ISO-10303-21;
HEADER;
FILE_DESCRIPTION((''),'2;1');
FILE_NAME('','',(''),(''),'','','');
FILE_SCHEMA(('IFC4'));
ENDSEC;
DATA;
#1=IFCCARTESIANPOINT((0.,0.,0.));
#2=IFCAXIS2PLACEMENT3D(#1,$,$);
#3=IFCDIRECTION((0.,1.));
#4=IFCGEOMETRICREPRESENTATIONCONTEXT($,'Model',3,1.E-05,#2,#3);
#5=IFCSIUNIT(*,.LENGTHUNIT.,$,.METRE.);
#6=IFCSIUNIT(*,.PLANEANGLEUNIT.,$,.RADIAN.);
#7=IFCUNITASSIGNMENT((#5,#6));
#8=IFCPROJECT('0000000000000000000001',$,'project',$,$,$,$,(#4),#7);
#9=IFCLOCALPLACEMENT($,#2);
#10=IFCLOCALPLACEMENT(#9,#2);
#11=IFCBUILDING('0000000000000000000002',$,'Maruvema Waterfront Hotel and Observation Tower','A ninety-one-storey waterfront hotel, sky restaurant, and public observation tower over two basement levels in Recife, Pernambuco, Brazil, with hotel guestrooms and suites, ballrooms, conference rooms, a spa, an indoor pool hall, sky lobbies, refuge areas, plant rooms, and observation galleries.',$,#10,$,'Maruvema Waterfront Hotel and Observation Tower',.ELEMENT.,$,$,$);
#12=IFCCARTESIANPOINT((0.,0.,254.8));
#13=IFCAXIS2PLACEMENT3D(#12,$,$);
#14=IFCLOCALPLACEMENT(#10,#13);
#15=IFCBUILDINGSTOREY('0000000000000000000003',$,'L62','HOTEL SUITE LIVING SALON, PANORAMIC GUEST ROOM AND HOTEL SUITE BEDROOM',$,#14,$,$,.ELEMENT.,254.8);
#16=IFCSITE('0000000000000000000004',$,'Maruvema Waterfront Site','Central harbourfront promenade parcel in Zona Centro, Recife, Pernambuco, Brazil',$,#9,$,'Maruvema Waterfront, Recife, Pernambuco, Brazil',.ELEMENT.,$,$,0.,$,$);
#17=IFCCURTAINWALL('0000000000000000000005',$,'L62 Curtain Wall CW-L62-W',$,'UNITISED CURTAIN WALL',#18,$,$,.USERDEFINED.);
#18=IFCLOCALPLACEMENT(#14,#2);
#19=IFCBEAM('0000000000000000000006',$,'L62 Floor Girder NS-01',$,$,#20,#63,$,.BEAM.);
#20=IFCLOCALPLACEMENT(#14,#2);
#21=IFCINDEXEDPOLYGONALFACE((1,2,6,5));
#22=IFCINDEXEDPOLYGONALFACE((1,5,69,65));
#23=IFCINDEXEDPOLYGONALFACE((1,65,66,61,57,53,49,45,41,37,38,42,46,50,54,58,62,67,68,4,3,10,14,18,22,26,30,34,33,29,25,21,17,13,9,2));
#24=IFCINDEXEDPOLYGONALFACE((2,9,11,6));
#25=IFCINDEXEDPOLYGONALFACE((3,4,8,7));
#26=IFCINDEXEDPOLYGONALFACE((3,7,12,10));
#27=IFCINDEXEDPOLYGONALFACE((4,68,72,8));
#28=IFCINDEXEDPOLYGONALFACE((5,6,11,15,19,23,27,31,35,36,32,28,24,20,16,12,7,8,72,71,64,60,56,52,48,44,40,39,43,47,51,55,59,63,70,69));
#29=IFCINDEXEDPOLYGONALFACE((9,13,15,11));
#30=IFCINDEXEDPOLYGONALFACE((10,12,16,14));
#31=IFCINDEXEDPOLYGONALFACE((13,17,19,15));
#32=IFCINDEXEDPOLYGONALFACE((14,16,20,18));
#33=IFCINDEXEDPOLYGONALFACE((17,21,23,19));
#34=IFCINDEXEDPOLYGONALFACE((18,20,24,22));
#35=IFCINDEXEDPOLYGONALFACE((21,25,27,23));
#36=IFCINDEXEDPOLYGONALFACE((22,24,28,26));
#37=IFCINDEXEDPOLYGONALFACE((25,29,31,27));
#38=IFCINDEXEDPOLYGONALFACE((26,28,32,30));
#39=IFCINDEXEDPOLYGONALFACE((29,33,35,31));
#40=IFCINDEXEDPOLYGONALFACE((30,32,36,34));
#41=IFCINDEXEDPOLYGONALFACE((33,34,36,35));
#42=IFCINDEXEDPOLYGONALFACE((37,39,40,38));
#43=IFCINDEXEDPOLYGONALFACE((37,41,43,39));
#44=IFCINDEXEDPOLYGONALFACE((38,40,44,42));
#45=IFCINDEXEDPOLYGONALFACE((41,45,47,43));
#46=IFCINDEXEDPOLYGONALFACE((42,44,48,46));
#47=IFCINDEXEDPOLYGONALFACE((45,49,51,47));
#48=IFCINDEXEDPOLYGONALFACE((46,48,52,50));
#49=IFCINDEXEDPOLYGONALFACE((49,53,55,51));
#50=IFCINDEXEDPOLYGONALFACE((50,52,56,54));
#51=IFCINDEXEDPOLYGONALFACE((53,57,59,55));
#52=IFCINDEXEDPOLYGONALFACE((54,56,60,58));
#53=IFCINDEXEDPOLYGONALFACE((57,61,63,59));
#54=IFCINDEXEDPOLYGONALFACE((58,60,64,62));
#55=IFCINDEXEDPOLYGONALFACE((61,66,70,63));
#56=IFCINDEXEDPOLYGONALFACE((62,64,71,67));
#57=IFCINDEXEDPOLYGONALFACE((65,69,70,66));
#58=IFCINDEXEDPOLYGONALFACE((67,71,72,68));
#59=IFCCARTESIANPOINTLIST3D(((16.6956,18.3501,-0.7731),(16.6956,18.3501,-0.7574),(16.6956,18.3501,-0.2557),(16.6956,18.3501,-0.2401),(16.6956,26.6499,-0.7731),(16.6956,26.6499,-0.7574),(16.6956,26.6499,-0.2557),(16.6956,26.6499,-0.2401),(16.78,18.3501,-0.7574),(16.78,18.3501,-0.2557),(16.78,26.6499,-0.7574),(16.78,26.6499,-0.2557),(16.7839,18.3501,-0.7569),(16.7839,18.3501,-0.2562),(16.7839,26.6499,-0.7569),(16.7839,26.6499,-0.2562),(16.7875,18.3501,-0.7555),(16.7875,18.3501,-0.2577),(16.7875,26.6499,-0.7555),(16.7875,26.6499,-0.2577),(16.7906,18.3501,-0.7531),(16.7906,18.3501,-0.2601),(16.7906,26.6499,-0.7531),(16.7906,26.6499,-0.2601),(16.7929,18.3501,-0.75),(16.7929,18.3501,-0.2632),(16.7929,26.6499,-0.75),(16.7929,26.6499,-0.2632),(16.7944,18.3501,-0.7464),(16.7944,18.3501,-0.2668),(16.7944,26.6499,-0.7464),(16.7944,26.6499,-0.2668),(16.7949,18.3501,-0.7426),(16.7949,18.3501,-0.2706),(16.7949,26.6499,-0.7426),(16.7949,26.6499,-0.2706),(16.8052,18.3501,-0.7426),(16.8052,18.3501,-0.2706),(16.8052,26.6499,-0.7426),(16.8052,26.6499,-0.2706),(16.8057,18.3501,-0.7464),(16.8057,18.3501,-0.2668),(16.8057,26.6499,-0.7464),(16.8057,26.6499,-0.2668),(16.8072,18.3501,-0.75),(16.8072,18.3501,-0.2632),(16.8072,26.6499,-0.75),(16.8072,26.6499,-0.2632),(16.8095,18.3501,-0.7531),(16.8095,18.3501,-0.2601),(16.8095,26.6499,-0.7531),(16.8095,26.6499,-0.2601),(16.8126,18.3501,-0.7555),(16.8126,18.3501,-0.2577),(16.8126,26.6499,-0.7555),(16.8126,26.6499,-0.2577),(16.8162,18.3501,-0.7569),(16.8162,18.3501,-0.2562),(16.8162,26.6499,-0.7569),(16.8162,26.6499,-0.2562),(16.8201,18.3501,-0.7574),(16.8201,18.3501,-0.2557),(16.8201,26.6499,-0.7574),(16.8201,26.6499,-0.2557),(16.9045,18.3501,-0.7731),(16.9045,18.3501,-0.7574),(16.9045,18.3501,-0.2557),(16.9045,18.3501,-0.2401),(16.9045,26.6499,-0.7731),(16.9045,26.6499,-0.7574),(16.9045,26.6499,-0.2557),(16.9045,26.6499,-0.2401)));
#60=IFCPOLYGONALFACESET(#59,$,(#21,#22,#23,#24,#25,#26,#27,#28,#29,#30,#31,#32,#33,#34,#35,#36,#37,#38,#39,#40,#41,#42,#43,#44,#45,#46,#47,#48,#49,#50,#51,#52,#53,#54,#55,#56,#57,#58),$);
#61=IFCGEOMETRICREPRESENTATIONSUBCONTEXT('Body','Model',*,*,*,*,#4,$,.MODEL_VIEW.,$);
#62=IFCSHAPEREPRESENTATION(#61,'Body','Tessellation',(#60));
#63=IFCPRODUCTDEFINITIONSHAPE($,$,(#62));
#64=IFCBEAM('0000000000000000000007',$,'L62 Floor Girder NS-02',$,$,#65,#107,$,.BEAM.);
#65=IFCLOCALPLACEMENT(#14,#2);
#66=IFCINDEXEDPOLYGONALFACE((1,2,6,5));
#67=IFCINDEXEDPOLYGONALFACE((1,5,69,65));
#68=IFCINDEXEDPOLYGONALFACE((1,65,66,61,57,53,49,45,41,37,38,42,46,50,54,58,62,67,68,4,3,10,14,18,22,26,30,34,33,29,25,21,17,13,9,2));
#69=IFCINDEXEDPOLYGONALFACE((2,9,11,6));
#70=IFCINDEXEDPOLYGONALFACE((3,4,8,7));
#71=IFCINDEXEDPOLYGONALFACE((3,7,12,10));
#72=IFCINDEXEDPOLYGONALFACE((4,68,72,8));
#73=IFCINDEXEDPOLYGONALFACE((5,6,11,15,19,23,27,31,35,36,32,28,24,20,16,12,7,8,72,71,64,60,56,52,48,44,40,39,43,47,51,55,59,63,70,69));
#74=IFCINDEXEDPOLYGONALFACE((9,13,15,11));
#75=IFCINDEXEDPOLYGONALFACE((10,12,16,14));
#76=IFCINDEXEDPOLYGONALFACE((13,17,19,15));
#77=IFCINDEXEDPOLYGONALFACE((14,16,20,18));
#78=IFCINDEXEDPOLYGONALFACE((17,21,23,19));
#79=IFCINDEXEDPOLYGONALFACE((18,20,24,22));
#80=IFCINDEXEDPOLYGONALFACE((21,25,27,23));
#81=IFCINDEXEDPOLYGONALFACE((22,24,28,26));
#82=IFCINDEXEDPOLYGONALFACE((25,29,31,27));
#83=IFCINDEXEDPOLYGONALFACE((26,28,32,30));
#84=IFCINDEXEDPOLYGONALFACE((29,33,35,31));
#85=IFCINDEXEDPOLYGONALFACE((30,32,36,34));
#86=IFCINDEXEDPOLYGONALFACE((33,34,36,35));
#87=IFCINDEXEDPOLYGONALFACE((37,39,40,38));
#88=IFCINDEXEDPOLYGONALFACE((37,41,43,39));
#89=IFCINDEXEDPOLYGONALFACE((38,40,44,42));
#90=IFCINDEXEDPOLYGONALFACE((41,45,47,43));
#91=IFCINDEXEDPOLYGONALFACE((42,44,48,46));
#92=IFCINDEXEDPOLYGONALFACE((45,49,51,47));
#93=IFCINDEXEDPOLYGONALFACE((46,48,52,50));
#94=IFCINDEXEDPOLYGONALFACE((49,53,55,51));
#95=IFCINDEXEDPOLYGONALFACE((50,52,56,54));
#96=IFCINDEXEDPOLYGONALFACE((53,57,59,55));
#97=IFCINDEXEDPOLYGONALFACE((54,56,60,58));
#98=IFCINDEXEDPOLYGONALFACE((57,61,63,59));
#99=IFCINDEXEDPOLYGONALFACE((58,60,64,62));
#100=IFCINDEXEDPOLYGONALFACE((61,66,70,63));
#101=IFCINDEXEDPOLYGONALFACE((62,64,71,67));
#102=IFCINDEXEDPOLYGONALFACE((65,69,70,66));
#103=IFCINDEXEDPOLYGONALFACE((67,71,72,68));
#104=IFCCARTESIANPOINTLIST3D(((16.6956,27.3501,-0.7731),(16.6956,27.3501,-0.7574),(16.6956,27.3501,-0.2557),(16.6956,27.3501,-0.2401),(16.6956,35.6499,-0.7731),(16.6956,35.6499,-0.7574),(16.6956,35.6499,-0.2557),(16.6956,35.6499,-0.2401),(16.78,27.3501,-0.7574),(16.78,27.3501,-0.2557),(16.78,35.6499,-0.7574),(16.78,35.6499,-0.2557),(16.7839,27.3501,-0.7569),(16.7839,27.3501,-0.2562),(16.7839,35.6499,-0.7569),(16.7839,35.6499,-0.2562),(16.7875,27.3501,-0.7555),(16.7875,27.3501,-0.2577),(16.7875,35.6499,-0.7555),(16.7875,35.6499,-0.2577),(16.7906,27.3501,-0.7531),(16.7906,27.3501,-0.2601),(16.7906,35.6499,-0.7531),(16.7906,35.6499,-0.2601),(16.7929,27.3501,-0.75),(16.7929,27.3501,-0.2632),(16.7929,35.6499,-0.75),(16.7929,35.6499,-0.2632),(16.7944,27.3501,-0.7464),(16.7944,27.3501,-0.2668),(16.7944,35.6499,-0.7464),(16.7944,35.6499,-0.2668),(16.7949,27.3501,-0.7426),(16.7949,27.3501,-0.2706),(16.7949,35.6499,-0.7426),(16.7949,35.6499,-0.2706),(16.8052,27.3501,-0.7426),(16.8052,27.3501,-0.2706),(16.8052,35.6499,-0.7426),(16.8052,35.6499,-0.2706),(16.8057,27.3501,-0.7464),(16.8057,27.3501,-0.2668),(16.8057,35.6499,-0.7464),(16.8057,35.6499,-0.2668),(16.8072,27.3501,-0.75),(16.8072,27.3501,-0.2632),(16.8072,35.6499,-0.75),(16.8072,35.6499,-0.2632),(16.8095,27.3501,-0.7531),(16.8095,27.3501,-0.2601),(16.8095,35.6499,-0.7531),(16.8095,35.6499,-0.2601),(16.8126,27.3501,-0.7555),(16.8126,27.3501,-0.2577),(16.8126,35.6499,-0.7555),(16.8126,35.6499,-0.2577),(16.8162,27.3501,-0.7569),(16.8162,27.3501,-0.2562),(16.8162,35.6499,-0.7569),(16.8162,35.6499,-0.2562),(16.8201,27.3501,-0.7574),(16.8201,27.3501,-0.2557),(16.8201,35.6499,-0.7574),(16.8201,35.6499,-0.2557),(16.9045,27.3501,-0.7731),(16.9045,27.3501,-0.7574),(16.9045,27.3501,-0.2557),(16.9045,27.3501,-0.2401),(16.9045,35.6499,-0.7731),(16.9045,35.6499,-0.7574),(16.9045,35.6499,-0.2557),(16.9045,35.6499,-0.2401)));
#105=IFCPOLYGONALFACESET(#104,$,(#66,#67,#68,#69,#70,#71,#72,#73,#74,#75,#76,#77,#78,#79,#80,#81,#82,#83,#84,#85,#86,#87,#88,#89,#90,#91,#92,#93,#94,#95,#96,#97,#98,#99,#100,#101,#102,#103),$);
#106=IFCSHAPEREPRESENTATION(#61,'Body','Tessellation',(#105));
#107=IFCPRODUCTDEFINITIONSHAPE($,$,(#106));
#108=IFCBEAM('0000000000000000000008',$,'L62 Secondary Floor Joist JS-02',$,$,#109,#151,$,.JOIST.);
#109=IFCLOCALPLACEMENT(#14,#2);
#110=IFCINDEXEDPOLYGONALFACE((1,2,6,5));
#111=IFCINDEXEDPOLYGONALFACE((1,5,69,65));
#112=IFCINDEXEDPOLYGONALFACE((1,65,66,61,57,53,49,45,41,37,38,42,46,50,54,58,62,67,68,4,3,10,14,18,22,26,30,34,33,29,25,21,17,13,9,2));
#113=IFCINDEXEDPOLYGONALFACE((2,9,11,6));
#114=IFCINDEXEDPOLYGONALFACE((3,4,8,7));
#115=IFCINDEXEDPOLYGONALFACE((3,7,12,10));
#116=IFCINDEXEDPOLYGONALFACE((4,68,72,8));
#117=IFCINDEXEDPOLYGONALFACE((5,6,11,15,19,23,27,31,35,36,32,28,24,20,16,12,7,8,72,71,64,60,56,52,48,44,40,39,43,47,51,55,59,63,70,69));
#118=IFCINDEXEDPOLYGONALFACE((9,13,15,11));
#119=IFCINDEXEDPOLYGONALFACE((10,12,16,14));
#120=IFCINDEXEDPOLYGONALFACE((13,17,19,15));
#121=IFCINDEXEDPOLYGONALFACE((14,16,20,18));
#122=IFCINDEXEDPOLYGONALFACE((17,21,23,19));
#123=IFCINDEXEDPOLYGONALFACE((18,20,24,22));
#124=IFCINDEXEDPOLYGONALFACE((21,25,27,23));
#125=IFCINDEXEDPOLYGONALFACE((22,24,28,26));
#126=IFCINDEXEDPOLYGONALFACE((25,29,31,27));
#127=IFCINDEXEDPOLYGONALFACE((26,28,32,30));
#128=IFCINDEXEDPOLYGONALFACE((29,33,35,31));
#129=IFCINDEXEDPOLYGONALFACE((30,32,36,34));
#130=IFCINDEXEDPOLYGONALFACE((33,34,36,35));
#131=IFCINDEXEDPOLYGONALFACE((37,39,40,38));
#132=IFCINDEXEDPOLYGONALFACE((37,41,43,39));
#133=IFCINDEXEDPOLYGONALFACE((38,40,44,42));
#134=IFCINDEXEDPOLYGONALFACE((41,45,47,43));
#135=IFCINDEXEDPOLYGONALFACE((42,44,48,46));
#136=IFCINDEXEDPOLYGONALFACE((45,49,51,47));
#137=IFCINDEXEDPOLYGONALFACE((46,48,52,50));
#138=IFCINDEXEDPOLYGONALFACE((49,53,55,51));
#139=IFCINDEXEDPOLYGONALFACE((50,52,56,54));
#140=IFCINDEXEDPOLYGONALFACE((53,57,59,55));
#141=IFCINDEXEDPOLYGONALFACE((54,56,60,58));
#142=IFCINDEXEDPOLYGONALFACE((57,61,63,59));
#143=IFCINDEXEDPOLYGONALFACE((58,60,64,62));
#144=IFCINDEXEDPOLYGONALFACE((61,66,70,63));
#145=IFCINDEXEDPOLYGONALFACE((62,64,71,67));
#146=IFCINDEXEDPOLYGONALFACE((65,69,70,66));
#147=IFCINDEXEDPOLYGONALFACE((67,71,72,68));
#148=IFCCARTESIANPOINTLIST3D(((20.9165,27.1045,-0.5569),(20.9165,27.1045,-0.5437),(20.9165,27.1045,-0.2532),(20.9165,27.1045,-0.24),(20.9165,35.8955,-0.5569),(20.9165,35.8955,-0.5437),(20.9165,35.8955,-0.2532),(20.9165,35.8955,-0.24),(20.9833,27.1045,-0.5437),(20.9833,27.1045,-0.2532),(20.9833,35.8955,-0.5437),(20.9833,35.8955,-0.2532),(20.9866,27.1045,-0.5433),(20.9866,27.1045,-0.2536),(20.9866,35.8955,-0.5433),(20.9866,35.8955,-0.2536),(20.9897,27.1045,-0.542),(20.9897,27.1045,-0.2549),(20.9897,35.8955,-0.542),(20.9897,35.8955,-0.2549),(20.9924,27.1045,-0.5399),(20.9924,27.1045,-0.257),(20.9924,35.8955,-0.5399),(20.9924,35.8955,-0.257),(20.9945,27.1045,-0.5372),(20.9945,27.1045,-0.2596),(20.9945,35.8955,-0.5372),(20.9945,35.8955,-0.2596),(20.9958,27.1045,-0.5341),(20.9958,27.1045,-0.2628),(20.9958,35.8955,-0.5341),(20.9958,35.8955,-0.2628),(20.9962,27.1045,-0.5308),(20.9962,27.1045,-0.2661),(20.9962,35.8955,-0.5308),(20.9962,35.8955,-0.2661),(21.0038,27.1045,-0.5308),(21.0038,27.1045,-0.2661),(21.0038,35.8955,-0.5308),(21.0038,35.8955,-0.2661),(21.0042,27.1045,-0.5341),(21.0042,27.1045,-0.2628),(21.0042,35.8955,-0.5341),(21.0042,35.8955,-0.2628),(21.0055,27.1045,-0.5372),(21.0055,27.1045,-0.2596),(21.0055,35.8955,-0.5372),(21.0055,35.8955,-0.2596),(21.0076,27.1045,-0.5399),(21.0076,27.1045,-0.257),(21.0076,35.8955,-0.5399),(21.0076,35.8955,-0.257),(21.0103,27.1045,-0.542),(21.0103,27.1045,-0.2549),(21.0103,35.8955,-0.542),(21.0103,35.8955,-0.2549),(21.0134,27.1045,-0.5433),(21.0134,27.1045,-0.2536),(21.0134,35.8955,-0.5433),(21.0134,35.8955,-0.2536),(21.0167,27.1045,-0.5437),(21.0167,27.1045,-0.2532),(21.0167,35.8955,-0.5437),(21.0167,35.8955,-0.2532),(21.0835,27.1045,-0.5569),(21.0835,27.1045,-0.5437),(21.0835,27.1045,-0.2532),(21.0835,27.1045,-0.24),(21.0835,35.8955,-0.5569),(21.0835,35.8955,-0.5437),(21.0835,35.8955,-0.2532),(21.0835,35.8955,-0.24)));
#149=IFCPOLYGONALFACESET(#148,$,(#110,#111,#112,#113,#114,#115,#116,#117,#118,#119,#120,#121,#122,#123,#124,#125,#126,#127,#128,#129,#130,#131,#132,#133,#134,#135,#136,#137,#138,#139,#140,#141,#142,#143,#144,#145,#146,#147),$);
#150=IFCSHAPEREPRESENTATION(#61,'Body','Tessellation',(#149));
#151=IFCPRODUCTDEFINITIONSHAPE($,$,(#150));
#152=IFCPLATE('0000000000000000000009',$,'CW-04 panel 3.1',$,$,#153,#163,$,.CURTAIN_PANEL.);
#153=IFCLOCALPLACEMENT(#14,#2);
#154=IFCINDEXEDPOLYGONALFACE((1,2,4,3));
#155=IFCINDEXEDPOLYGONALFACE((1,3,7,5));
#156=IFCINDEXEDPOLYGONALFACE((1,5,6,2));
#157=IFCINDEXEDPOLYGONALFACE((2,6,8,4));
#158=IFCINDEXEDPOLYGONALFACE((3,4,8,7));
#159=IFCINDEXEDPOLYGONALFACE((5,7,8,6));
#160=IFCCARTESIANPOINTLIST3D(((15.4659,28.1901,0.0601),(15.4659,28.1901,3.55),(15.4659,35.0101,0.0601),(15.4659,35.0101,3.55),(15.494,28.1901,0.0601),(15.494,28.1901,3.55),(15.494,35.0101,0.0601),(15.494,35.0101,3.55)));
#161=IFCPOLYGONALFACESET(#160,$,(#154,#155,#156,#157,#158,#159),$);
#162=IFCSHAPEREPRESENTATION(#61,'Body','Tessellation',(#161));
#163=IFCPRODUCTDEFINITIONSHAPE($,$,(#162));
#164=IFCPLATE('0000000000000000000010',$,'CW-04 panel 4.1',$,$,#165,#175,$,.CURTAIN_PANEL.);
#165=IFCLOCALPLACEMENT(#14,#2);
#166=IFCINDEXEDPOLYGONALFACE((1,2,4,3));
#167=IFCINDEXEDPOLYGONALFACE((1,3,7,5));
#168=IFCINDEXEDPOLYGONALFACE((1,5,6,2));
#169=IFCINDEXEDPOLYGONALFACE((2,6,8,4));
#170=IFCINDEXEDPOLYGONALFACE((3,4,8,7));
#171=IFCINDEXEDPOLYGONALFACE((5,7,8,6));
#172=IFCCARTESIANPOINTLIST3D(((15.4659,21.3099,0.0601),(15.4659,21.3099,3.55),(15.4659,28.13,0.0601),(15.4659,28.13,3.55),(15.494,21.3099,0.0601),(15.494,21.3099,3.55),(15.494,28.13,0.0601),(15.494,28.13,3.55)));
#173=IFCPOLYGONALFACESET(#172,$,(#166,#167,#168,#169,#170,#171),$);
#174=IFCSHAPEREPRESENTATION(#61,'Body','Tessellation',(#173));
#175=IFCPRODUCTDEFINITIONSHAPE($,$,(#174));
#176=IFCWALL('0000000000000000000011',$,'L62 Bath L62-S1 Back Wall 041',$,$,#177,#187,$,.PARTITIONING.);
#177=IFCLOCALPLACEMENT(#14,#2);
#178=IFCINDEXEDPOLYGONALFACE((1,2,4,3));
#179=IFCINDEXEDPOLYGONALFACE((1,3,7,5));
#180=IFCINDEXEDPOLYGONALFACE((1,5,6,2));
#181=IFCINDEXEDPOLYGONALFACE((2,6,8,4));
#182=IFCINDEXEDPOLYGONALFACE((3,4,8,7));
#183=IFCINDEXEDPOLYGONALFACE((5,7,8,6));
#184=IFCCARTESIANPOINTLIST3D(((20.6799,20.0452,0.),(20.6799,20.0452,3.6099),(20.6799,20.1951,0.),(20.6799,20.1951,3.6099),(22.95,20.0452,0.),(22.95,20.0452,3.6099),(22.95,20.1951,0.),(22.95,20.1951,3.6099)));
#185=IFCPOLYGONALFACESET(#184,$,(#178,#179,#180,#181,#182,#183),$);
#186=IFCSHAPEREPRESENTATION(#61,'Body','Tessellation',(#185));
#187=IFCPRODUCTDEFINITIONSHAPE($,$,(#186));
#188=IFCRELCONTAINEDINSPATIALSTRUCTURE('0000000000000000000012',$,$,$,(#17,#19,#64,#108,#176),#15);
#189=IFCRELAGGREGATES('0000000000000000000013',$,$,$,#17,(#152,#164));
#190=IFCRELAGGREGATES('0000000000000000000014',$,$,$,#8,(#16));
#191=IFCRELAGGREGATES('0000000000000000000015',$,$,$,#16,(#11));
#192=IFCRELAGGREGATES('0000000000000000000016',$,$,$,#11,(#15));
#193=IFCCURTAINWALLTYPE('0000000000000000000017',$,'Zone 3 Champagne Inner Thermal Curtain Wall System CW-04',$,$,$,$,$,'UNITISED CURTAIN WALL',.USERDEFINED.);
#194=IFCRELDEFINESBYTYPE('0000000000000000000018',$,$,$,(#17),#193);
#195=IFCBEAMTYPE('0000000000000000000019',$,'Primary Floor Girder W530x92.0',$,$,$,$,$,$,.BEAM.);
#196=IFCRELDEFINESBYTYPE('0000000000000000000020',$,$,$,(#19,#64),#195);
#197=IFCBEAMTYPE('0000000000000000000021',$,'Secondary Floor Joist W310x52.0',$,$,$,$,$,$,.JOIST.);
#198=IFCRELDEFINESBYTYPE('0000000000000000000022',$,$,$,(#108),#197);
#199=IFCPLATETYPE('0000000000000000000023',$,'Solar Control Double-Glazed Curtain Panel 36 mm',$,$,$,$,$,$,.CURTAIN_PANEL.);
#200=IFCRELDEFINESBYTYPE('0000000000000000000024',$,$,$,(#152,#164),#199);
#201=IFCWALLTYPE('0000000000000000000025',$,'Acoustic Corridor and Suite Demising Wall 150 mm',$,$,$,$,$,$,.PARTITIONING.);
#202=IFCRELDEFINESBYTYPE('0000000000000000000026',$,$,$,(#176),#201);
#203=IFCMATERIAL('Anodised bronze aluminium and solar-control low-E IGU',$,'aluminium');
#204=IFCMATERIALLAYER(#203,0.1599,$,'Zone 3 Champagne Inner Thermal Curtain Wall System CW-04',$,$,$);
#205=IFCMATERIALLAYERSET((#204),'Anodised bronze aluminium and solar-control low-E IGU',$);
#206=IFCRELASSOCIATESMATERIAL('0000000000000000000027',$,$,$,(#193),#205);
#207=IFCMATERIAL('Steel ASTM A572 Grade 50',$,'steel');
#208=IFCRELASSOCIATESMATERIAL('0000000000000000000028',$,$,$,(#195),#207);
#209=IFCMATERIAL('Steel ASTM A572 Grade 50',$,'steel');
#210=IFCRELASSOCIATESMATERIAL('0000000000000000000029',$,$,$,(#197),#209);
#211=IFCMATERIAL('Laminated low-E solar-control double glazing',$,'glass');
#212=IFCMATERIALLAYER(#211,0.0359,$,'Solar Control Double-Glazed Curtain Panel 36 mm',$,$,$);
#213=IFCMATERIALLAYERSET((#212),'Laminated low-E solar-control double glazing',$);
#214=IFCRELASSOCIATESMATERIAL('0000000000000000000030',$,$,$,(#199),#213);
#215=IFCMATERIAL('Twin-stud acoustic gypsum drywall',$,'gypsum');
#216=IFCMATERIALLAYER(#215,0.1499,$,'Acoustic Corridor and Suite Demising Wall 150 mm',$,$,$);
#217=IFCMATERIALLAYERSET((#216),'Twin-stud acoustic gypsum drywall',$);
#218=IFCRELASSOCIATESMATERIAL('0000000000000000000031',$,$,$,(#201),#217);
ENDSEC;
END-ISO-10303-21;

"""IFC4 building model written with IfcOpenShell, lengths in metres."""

from ifc_helpers import new_model, si_unit, direction, frame, frame_2d, origin, origin_2d, place, context, subcontext, project, spatial, rectangle, i_section, extrude, material, layer, layer_set, material_profile, profile_set, type_object, element, aggregate, save


model = new_model("IFC4")

# Units and contexts
model_context = context("Model", 3, precision=1e-05, world=origin(), true_north=direction((0.0, 1.0)))
body_context = subcontext(model_context, "Body", "Model", "MODEL_VIEW")
ifc_project = project(units=[si_unit("LENGTHUNIT", "METRE"), si_unit("PLANEANGLEUNIT", "RADIAN")], contexts=[model_context])

# Site, building, storey
site_placement = place(None, origin())
site = spatial("IfcSite", under=ifc_project, at=site_placement, Name="Maruvema Waterfront Site", Description="Central harbourfront promenade parcel in Zona Centro, Recife, Pernambuco, Brazil", LongName="Maruvema Waterfront, Recife, Pernambuco, Brazil", CompositionType="ELEMENT", RefElevation=0.0)
building_placement = place(site_placement, origin())
building = spatial("IfcBuilding", under=site, at=building_placement, Name="Maruvema Waterfront Hotel and Observation Tower", Description="A ninety-one-storey waterfront hotel, sky restaurant, and public observation tower over two basement levels in Recife, Pernambuco, Brazil, with hotel guestrooms and suites, ballrooms, conference rooms, a spa, an indoor pool hall, sky lobbies, refuge areas, plant rooms, and observation galleries.", LongName="Maruvema Waterfront Hotel and Observation Tower", CompositionType="ELEMENT")
storey_placement = place(building_placement, frame((0.0, 0.0, 254.8)))
storey = spatial("IfcBuildingStorey", under=building, at=storey_placement, Name="L62", Description="HOTEL SUITE LIVING SALON, PANORAMIC GUEST ROOM AND HOTEL SUITE BEDROOM", CompositionType="ELEMENT", Elevation=254.8)

# Curtain wall
ifc_material_1 = material(Name="Anodised bronze aluminium and solar-control low-E IGU", Category="aluminium")
ifc_layer_1 = layer(ifc_material_1, 0.1599, Name="Zone 3 Champagne Inner Thermal Curtain Wall System CW-04")
ifc_layer_set_1 = layer_set([ifc_layer_1], Name="Anodised bronze aluminium and solar-control low-E IGU")
curtain_wall_type = type_object("IfcCurtainWallType", Name="Zone 3 Champagne Inner Thermal Curtain Wall System CW-04", ElementType="UNITISED CURTAIN WALL", PredefinedType="USERDEFINED", material=ifc_layer_set_1)
curtain_wall_placement = place(storey_placement, origin())
curtain_wall = element("IfcCurtainWall", 1, at=curtain_wall_placement, inside=storey, type_object=curtain_wall_type, Name="L62 Curtain Wall CW-L62-W", ObjectType="UNITISED CURTAIN WALL", PredefinedType="USERDEFINED")

# Beams
ifc_material_2 = material(Name="Steel ASTM A572 Grade 50", Category="steel")
ifc_material_profile_1 = material_profile(ifc_material_2, i_section(OverallWidth=0.209, OverallDepth=0.533, WebThickness=0.0103, FlangeThickness=0.0156, FilletRadius=0.0149, at=origin_2d()), Name="W530x92.0")
ifc_profile_set_1 = profile_set([ifc_material_profile_1], Name="Steel ASTM A572 Grade 50")
beam_type_1 = type_object("IfcBeamType", Name="Primary Floor Girder W530x92.0", PredefinedType="BEAM", material=ifc_profile_set_1)
for number, where, z_axis, x_axis, name in (
    (2, (16.8, 18.3501, -0.5066), (0.0, 1.0, 0.0), (-1.0, 0.0, 0.0), "L62 Floor Girder NS-01"),
    (3, (16.8, 27.3501, -0.5066), (0.0, 1.0, 0.0), (-1.0, 0.0, 0.0), "L62 Floor Girder NS-02"),
):
    element("IfcBeam", number, at=place(storey_placement, frame(where, z_axis=z_axis, x_axis=x_axis)), inside=storey, type_object=beam_type_1, Name=name, PredefinedType="BEAM", context=body_context, shape_type="SweptSolid", body=[
        extrude(i_section(OverallWidth=0.209, OverallDepth=0.533, WebThickness=0.0103, FlangeThickness=0.0156, FilletRadius=0.0149, at=origin_2d()), origin(), (0.0, 0.0, 1.0), 8.2998),
    ])
ifc_material_3 = material(Name="Steel ASTM A572 Grade 50", Category="steel")
ifc_material_profile_2 = material_profile(ifc_material_3, i_section(OverallWidth=0.167, OverallDepth=0.3169, WebThickness=0.0076, FlangeThickness=0.0132, FilletRadius=0.0129, at=origin_2d()), Name="W310x52.0")
ifc_profile_set_2 = profile_set([ifc_material_profile_2], Name="Steel ASTM A572 Grade 50")
beam_type_2 = type_object("IfcBeamType", Name="Secondary Floor Joist W310x52.0", PredefinedType="JOIST", material=ifc_profile_set_2)
beam_1_placement = place(storey_placement, frame((21.0, 27.1045, -0.3984), z_axis=(0.0, 1.0, 0.0), x_axis=(-1.0, 0.0, 0.0)))
element("IfcBeam", 4, at=beam_1_placement, inside=storey, type_object=beam_type_2, Name="L62 Secondary Floor Joist JS-02", PredefinedType="JOIST", context=body_context, shape_type="SweptSolid", body=[
    extrude(i_section(OverallWidth=0.167, OverallDepth=0.3169, WebThickness=0.0076, FlangeThickness=0.0132, FilletRadius=0.0129, at=origin_2d()), origin(), (0.0, 0.0, 1.0), 8.791),
])

# Plates
ifc_material_4 = material(Name="Laminated low-E solar-control double glazing", Category="glass")
ifc_layer_2 = layer(ifc_material_4, 0.0359, Name="Solar Control Double-Glazed Curtain Panel 36 mm")
ifc_layer_set_2 = layer_set([ifc_layer_2], Name="Laminated low-E solar-control double glazing")
plate_type = type_object("IfcPlateType", Name="Solar Control Double-Glazed Curtain Panel 36 mm", PredefinedType="CURTAIN_PANEL", material=ifc_layer_set_2)
plate_1_placement = place(storey_placement, frame((15.48, 31.6001, 0.0601), z_axis=(0.0, 0.0, 1.0), x_axis=(0.0, -1.0, 0.0)))
plate_1 = element("IfcPlate", 5, at=plate_1_placement, type_object=plate_type, Name="CW-04 panel 3.1", PredefinedType="CURTAIN_PANEL", context=body_context, shape_type="SweptSolid", body=[
    extrude(rectangle(XDim=6.8201, YDim=0.0281, at=origin_2d()), origin(), (0.0, 0.0, 1.0), 3.49),
])
plate_2_placement = place(storey_placement, frame((15.48, 24.72, 0.0601), z_axis=(0.0, 0.0, 1.0), x_axis=(0.0, -1.0, 0.0)))
plate_2 = element("IfcPlate", 6, at=plate_2_placement, type_object=plate_type, Name="CW-04 panel 4.1", PredefinedType="CURTAIN_PANEL", context=body_context, shape_type="SweptSolid", body=[
    extrude(rectangle(XDim=6.8201, YDim=0.0281, at=origin_2d()), origin(), (0.0, 0.0, 1.0), 3.49),
])
aggregate(curtain_wall, [plate_1, plate_2])

# Wall
ifc_material_5 = material(Name="Twin-stud acoustic gypsum drywall", Category="gypsum")
ifc_layer_3 = layer(ifc_material_5, 0.1499, Name="Acoustic Corridor and Suite Demising Wall 150 mm")
ifc_layer_set_3 = layer_set([ifc_layer_3], Name="Twin-stud acoustic gypsum drywall")
wall_type_1 = type_object("IfcWallType", Name="Acoustic Corridor and Suite Demising Wall 150 mm", PredefinedType="PARTITIONING", material=ifc_layer_set_3)
wall_1_placement = place(storey_placement, frame((20.6799, 20.1201, 0.0), z_axis=(0.0, 0.0, 1.0), x_axis=(1.0, 0.0, 0.0)))
element("IfcWall", 7, at=wall_1_placement, inside=storey, type_object=wall_type_1, Name="L62 Bath L62-S1 Back Wall 041", PredefinedType="PARTITIONING", context=body_context, shape_type="SweptSolid", body=[
    extrude(rectangle(XDim=2.27, YDim=0.1499, at=frame_2d((1.135, 0.0))), origin(), (0.0, 0.0, 1.0), 3.6099),
])

save(model, "model.ifc")
